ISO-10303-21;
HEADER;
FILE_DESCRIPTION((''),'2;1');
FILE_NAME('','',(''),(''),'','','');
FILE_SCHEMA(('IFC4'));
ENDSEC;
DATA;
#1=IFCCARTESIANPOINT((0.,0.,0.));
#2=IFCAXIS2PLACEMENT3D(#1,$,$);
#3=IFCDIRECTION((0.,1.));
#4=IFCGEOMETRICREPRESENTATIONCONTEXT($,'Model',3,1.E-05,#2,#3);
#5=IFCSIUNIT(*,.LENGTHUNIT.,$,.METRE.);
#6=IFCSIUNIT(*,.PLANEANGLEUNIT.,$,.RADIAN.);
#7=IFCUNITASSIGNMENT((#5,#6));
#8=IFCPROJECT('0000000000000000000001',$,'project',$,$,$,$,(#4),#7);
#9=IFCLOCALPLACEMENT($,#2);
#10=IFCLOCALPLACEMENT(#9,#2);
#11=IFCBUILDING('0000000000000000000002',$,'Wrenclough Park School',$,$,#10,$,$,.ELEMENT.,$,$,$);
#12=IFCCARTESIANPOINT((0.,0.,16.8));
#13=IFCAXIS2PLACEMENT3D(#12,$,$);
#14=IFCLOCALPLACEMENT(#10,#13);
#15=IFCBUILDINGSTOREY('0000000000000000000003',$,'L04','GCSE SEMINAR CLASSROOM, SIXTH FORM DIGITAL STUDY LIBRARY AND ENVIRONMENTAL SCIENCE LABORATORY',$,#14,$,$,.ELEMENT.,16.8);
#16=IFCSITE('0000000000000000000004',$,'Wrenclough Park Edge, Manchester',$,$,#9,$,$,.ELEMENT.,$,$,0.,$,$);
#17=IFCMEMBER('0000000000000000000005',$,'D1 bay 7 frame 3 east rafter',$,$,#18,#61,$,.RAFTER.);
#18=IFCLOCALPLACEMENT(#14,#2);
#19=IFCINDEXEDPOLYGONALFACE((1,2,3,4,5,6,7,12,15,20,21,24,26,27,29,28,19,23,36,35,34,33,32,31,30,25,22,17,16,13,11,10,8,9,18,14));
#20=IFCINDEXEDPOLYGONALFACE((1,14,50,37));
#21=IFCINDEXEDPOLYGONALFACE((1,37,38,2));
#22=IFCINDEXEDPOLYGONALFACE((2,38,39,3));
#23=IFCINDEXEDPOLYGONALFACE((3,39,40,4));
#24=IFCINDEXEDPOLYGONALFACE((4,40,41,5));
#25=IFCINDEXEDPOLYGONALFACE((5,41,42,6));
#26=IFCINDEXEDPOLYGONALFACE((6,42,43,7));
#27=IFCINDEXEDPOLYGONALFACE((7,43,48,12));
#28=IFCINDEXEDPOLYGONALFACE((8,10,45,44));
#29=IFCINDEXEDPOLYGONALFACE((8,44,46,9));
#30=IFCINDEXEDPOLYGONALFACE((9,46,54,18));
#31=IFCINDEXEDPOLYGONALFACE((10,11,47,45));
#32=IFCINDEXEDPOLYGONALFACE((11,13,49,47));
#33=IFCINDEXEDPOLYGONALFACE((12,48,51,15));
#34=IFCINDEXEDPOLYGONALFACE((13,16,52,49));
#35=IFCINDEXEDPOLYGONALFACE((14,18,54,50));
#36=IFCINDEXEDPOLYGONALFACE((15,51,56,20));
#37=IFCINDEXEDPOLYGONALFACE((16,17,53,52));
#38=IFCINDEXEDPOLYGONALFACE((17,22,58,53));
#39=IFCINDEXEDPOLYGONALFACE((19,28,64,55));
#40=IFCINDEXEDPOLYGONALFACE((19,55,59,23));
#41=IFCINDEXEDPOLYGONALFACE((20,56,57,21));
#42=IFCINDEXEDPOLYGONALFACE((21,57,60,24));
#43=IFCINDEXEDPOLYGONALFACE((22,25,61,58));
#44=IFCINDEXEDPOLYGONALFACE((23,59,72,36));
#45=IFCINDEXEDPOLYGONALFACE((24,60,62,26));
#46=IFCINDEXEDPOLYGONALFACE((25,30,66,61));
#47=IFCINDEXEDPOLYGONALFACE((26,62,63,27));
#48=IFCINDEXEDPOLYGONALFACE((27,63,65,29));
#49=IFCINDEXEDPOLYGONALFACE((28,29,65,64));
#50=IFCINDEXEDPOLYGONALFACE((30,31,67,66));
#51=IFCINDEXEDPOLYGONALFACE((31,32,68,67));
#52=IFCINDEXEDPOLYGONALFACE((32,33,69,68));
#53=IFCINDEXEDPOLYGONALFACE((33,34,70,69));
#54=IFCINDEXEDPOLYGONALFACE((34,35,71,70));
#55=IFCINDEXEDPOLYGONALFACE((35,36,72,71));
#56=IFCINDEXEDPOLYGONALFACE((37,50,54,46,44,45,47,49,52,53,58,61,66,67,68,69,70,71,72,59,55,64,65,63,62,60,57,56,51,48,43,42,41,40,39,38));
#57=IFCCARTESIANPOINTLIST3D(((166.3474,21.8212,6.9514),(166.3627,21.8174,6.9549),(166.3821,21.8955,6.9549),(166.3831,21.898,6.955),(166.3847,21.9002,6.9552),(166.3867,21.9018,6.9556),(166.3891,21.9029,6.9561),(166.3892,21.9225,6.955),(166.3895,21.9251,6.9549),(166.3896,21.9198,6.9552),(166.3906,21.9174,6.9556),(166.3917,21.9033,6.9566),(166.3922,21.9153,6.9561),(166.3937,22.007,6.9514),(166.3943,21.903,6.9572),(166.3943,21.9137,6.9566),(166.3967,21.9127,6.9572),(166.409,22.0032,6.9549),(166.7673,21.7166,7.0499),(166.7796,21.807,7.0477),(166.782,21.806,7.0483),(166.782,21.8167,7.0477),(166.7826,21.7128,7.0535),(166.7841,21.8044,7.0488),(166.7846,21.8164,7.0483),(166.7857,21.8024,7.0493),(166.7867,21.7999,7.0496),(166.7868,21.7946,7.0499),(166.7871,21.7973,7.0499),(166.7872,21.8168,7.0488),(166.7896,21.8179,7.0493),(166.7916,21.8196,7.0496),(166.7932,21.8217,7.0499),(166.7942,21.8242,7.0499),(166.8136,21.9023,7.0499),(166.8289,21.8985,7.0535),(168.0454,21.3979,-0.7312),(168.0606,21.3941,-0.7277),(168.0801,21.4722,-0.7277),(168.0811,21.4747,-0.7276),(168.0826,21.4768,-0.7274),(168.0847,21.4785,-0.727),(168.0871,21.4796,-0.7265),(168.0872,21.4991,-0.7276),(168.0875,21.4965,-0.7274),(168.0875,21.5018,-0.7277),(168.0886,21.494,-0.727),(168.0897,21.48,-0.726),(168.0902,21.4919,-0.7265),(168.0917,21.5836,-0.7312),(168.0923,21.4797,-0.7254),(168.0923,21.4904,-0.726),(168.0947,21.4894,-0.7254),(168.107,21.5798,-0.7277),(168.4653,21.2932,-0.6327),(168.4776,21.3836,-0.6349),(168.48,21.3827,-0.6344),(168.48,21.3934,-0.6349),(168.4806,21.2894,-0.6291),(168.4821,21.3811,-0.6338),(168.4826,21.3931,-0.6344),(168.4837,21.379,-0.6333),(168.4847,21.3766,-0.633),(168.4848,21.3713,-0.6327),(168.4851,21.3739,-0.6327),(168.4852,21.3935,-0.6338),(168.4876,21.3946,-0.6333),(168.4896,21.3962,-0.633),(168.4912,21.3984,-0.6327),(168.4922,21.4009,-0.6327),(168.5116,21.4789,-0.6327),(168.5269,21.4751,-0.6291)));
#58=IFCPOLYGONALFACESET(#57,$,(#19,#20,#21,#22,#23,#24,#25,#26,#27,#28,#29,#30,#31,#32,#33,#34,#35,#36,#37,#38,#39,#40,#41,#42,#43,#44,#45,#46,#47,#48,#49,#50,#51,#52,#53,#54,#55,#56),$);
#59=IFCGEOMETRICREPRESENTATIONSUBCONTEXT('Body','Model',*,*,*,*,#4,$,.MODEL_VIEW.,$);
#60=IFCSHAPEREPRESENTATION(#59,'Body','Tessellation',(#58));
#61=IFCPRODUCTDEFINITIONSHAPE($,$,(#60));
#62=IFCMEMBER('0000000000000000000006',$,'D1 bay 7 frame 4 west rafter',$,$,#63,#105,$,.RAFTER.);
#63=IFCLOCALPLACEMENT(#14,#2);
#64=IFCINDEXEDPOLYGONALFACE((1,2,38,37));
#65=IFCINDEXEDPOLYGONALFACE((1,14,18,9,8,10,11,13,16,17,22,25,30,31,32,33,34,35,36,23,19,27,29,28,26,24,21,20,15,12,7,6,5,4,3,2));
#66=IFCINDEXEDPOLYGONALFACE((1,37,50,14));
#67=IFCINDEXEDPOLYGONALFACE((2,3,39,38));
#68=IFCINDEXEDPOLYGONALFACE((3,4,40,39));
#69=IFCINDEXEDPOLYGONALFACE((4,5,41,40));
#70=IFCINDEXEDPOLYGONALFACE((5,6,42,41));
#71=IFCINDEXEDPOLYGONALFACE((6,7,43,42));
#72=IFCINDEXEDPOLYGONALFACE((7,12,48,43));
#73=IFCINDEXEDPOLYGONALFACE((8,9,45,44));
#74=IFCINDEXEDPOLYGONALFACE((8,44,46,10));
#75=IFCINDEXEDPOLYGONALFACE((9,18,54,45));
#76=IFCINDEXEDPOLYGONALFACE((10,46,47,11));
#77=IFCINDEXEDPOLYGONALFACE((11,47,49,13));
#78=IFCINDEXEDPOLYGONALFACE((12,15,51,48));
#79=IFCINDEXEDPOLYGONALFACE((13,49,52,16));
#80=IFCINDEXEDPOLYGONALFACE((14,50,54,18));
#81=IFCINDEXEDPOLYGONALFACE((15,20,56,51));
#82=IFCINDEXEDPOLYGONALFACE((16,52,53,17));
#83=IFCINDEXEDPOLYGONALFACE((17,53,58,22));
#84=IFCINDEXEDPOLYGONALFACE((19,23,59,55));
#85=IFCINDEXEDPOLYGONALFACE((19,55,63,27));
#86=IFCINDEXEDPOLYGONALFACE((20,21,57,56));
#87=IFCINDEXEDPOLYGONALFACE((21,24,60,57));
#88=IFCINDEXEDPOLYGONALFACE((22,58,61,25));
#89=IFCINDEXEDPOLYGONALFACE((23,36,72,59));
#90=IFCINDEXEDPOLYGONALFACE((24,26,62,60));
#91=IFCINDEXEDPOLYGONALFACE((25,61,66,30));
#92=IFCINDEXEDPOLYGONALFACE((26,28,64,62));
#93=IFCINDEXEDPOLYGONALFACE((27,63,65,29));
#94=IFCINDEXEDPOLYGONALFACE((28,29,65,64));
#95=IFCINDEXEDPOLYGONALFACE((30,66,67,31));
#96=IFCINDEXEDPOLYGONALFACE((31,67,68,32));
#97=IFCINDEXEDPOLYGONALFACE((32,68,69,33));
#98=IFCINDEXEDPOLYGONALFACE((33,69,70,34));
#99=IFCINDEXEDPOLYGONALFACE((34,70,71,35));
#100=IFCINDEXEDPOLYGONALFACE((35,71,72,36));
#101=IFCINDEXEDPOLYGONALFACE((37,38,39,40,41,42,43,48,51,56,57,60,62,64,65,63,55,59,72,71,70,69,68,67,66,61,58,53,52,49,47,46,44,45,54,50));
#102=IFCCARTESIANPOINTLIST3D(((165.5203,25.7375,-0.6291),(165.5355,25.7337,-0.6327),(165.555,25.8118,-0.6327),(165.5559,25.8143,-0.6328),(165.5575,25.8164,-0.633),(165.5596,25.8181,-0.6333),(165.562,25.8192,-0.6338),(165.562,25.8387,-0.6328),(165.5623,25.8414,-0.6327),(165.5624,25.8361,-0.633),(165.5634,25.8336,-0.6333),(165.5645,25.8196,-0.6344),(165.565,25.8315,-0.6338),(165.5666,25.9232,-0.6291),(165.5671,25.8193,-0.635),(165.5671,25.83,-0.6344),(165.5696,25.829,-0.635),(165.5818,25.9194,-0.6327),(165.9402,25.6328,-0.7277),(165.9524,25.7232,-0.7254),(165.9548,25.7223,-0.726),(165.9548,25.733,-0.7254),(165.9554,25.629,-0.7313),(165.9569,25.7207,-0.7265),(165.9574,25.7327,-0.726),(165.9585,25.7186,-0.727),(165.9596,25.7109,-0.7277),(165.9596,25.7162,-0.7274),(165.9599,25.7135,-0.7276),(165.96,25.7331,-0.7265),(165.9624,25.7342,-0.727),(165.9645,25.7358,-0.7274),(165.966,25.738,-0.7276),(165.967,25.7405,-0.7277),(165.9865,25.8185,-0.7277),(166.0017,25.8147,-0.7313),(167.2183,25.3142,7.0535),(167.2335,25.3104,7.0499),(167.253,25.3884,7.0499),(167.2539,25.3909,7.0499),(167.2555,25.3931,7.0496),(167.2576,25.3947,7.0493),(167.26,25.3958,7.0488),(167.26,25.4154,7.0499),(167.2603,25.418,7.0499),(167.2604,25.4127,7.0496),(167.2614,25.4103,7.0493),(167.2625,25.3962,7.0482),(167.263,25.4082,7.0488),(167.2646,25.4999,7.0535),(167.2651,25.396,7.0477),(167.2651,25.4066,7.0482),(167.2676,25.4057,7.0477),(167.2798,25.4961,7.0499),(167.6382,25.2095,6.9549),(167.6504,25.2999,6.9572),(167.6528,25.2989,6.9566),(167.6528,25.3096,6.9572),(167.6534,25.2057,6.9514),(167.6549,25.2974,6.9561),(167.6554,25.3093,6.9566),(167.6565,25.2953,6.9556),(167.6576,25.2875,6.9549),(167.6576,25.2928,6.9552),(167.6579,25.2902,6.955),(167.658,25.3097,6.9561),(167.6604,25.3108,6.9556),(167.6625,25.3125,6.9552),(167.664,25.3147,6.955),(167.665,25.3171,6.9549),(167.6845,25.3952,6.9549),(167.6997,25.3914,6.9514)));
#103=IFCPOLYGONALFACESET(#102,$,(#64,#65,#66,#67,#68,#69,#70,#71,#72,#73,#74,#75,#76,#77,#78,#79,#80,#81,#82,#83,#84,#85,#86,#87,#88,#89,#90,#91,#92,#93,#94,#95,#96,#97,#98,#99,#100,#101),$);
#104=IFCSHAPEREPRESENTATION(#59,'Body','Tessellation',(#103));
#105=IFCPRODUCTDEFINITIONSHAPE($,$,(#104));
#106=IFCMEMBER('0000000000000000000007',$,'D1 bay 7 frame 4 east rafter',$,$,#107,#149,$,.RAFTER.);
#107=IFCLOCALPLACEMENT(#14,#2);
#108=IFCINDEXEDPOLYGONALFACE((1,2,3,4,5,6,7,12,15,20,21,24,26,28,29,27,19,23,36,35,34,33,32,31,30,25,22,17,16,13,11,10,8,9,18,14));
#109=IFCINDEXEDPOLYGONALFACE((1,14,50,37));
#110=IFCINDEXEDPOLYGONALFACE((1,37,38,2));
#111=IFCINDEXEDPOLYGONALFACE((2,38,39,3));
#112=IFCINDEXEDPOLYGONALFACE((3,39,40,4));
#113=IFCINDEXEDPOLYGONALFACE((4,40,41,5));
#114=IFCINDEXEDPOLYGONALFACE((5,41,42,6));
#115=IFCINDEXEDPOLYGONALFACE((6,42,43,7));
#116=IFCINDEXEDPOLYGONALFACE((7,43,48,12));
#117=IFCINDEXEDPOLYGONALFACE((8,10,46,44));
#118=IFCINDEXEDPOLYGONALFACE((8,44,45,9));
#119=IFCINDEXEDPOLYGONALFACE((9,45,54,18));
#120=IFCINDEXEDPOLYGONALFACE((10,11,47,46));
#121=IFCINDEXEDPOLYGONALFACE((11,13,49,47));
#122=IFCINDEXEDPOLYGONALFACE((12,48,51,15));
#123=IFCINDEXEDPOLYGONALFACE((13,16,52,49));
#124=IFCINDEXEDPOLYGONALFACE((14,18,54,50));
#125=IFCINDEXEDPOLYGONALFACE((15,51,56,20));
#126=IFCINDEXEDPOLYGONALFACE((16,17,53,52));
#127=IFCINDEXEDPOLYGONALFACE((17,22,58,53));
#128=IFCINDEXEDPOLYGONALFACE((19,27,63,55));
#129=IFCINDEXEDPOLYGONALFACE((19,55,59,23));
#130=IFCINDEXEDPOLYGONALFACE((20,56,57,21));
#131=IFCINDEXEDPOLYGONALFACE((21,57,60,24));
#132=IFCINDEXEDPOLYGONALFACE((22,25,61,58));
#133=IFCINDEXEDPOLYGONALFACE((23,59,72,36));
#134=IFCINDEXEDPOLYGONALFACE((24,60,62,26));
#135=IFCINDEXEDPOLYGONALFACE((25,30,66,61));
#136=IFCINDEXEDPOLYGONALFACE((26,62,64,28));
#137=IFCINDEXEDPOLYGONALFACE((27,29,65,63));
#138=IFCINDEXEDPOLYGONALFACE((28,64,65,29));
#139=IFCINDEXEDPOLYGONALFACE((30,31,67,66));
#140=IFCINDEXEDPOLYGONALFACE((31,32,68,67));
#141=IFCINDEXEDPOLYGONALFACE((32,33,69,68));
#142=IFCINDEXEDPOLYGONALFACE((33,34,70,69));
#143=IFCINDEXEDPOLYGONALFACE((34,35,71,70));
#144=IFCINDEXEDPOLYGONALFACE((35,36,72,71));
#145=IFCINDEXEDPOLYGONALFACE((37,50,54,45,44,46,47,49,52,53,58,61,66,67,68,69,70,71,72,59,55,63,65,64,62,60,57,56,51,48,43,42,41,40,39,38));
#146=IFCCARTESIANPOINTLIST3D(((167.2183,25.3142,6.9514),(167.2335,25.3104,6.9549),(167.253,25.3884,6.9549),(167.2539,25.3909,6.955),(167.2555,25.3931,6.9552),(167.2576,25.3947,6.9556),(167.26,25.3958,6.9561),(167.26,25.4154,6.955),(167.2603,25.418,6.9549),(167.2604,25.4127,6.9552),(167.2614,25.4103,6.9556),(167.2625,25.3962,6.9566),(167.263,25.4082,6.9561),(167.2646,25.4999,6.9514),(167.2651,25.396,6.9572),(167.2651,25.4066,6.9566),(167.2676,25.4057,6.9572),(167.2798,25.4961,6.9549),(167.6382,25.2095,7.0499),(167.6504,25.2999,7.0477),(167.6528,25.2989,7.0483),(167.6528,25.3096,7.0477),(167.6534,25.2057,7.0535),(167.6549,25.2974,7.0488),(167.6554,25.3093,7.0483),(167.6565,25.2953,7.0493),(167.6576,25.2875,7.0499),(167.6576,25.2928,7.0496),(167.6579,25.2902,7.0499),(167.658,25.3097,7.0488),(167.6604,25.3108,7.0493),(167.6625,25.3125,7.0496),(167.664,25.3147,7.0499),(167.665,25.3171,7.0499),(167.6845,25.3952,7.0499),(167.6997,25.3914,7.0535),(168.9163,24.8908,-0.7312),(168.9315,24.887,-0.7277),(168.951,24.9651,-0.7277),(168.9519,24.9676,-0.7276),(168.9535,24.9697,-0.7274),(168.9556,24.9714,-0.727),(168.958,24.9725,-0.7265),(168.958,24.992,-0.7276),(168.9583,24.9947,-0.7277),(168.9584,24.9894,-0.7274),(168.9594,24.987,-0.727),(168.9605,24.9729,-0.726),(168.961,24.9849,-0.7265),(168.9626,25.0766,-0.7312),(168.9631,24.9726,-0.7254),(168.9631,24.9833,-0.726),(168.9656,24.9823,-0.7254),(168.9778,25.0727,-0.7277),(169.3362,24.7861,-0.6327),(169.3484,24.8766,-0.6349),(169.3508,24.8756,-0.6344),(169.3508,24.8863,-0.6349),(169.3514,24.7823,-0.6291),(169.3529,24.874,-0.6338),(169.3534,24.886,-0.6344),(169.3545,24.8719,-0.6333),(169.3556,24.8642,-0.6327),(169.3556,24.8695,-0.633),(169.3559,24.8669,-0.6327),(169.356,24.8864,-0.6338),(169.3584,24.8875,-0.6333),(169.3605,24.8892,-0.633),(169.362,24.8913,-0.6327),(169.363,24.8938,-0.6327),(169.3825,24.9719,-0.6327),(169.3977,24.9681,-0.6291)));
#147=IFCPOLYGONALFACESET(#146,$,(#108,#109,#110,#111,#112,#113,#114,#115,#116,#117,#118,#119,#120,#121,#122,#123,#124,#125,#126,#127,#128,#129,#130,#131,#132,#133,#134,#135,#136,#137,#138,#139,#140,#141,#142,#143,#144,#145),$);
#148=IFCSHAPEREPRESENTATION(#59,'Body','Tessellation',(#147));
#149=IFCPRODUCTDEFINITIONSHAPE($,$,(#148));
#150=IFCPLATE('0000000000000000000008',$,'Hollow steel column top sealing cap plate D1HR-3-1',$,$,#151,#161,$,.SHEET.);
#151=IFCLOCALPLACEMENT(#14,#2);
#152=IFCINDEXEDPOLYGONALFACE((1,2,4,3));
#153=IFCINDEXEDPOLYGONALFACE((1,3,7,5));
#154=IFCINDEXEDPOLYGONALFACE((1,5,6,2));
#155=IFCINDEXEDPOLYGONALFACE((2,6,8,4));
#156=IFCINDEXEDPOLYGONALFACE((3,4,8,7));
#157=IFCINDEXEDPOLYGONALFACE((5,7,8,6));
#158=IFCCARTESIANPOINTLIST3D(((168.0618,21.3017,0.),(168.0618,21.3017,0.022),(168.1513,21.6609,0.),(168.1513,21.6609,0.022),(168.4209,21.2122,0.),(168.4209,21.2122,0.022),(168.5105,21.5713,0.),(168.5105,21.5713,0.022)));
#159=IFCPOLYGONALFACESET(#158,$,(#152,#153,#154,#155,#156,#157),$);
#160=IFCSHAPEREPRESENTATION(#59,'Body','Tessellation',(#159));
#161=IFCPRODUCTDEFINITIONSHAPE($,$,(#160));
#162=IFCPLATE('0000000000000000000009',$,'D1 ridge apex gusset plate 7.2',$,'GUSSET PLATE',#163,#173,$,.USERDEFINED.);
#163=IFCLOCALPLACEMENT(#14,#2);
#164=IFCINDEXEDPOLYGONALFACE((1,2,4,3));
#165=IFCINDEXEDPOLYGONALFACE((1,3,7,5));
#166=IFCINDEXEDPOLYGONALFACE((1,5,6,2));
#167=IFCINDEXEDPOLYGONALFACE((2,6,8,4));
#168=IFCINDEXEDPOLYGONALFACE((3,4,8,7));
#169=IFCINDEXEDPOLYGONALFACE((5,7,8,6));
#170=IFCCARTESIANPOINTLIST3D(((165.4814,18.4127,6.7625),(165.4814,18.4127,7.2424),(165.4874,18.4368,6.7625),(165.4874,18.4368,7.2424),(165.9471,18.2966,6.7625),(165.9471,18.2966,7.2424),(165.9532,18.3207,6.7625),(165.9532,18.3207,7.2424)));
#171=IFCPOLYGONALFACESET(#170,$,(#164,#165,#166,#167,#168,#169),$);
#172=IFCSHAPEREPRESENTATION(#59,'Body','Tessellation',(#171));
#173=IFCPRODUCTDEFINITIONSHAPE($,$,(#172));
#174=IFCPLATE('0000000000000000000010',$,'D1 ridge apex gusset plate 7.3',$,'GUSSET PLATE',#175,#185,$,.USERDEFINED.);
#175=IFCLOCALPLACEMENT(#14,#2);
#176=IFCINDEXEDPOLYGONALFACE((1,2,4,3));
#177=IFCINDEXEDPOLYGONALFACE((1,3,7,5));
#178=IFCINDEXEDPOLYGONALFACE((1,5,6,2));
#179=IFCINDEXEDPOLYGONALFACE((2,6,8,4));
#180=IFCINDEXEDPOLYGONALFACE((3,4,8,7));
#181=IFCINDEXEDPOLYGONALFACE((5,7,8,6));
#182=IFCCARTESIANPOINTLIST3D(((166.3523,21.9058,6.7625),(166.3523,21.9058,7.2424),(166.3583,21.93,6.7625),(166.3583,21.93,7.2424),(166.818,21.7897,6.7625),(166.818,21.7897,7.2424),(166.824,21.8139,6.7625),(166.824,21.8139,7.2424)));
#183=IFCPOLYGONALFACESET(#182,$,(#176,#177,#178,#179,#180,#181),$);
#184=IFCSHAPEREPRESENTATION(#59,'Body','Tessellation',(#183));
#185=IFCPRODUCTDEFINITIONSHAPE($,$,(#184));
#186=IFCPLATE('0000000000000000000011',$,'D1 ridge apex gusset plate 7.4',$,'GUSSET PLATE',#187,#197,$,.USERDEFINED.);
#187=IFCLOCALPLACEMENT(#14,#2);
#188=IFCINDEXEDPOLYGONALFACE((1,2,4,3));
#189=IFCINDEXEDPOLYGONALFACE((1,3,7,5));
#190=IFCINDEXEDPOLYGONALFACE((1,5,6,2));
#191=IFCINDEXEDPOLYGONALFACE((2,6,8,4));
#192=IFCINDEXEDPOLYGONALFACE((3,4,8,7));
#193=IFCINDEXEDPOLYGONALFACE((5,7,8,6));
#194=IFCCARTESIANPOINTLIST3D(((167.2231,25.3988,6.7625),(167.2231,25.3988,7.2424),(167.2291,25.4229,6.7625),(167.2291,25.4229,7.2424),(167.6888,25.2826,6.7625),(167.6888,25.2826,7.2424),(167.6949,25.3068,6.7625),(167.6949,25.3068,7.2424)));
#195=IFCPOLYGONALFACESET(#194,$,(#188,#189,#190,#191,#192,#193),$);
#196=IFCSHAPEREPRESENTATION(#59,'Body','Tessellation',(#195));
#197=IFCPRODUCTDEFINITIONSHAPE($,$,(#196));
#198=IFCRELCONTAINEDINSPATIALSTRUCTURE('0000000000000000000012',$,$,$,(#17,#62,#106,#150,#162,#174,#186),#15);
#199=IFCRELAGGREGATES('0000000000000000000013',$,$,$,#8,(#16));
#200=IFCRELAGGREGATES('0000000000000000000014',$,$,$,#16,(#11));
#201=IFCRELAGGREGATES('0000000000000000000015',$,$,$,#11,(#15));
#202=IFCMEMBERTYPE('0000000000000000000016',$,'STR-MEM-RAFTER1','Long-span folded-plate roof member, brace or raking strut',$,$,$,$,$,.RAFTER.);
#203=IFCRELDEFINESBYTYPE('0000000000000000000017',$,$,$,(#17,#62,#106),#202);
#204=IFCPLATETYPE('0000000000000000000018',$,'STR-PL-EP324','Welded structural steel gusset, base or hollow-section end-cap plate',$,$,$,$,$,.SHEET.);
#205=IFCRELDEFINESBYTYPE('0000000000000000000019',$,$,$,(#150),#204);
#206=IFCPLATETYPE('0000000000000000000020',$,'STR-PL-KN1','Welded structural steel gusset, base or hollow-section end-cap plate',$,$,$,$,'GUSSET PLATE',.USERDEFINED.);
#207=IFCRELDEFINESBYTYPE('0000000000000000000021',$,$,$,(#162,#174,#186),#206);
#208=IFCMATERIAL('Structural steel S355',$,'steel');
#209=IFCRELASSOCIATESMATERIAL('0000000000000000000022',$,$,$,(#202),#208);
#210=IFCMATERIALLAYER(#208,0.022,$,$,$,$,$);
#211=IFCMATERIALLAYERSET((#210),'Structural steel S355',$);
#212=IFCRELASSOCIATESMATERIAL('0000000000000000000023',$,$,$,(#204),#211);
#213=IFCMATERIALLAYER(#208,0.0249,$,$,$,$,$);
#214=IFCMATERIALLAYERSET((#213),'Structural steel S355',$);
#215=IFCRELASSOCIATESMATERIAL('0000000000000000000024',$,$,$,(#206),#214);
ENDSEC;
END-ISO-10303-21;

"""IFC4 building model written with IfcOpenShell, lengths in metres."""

from ifc_helpers import new_model, si_unit, direction, frame, origin, origin_2d, place, context, subcontext, project, spatial, rectangle, i_section, extrude, material, layer, layer_set, material_profile, profile_set, type_object, element, save


model = new_model("IFC4")

# Units and contexts
model_context = context("Model", 3, precision=1e-05, world=origin(), true_north=direction((0.0, 1.0)))
body_context = subcontext(model_context, "Body", "Model", "MODEL_VIEW")
ifc_project = project(units=[si_unit("LENGTHUNIT", "METRE"), si_unit("PLANEANGLEUNIT", "RADIAN")], contexts=[model_context])

# Site, building, storey
site_placement = place(None, origin())
site = spatial("IfcSite", under=ifc_project, at=site_placement, Name="Wrenclough Park Edge, Manchester", CompositionType="ELEMENT", RefElevation=0.0)
building_placement = place(site_placement, origin())
building = spatial("IfcBuilding", under=site, at=building_placement, Name="Wrenclough Park School", CompositionType="ELEMENT")
storey_placement = place(building_placement, frame((0.0, 0.0, 16.8)))
storey = spatial("IfcBuildingStorey", under=building, at=storey_placement, Name="L04", Description="GCSE SEMINAR CLASSROOM, SIXTH FORM DIGITAL STUDY LIBRARY AND ENVIRONMENTAL SCIENCE LABORATORY", CompositionType="ELEMENT", Elevation=16.8)

# Shared definitions
ifc_material_1 = material(Name="Structural steel S355", Category="steel")

# Members
ifc_material_profile_1 = material_profile(ifc_material_1, i_section(OverallWidth=0.1914, OverallDepth=0.46, WebThickness=0.01, FlangeThickness=0.0161, FilletRadius=0.0103, at=origin_2d()), Name="UKB 457x191x82")
ifc_profile_set_1 = profile_set([ifc_material_profile_1], Name="Structural steel S355")
member_type_1 = type_object("IfcMemberType", Name="STR-MEM-RAFTER1", Description="Long-span folded-plate roof member, brace or raking strut", PredefinedType="RAFTER", material=ifc_profile_set_1)
for number, where, z_axis, x_axis, name in (
    (1, (166.5881, 21.8599, 7.0024), (0.215498, -0.053727, -0.975025), (0.241912, 0.970298, 0.0), "D1 bay 7 frame 3 east rafter"),
    (2, (165.761, 25.7761, -0.6802), (0.215498, -0.053727, 0.975025), (0.241912, 0.970298, 0.0), "D1 bay 7 frame 4 west rafter"),
    (3, (167.459, 25.3528, 7.0024), (0.215498, -0.053727, -0.975025), (0.241912, 0.970298, 0.0), "D1 bay 7 frame 4 east rafter"),
):
    element("IfcMember", number, at=place(storey_placement, frame(where, z_axis=z_axis, x_axis=x_axis)), inside=storey, type_object=member_type_1, Name=name, PredefinedType="RAFTER", context=body_context, shape_type="SweptSolid", body=[
        extrude(i_section(OverallWidth=0.1914, OverallDepth=0.46, WebThickness=0.01, FlangeThickness=0.0161, FilletRadius=0.0103, at=origin_2d()), origin(), (0.0, 0.0, 1.0), 7.8794),
    ])

# Plates
ifc_layer_1 = layer(ifc_material_1, 0.022)
ifc_layer_set_1 = layer_set([ifc_layer_1], Name="Structural steel S355")
plate_type_1 = type_object("IfcPlateType", Name="STR-PL-EP324", Description="Welded structural steel gusset, base or hollow-section end-cap plate", PredefinedType="SHEET", material=ifc_layer_set_1)
plate_placement = place(storey_placement, frame((168.2861, 21.4365, 0.0), z_axis=(0.0, 0.0, 1.0), x_axis=(0.970296, -0.241922, 0.0)))
element("IfcPlate", 4, at=plate_placement, inside=storey, type_object=plate_type_1, Name="Hollow steel column top sealing cap plate D1HR-3-1", PredefinedType="SHEET", context=body_context, shape_type="SweptSolid", body=[
    extrude(rectangle(XDim=0.3701, YDim=0.3701, at=origin_2d()), origin(), (0.0, 0.0, 1.0), 0.022),
])
ifc_layer_2 = layer(ifc_material_1, 0.0249)
ifc_layer_set_2 = layer_set([ifc_layer_2], Name="Structural steel S355")
plate_type_2 = type_object("IfcPlateType", Name="STR-PL-KN1", Description="Welded structural steel gusset, base or hollow-section end-cap plate", ElementType="GUSSET PLATE", PredefinedType="USERDEFINED", material=ifc_layer_set_2)
for number, where, z_axis, x_axis, name in (
    (5, (165.7173, 18.3667, 6.7625), (0.0, 0.0, 1.0), (0.970296, -0.241922, 0.0), "D1 ridge apex gusset plate 7.2"),
    (6, (166.5881, 21.8599, 6.7625), (0.0, 0.0, 1.0), (0.970296, -0.241922, 0.0), "D1 ridge apex gusset plate 7.3"),
    (7, (167.459, 25.3528, 6.7625), (0.0, 0.0, 1.0), (0.970296, -0.241922, 0.0), "D1 ridge apex gusset plate 7.4"),
):
    element("IfcPlate", number, at=place(storey_placement, frame(where, z_axis=z_axis, x_axis=x_axis)), inside=storey, type_object=plate_type_2, Name=name, ObjectType="GUSSET PLATE", PredefinedType="USERDEFINED", context=body_context, shape_type="SweptSolid", body=[
        extrude(rectangle(XDim=0.48, YDim=0.0249, at=origin_2d()), origin(), (0.0, 0.0, 1.0), 0.48),
    ])

save(model, "model.ifc")
